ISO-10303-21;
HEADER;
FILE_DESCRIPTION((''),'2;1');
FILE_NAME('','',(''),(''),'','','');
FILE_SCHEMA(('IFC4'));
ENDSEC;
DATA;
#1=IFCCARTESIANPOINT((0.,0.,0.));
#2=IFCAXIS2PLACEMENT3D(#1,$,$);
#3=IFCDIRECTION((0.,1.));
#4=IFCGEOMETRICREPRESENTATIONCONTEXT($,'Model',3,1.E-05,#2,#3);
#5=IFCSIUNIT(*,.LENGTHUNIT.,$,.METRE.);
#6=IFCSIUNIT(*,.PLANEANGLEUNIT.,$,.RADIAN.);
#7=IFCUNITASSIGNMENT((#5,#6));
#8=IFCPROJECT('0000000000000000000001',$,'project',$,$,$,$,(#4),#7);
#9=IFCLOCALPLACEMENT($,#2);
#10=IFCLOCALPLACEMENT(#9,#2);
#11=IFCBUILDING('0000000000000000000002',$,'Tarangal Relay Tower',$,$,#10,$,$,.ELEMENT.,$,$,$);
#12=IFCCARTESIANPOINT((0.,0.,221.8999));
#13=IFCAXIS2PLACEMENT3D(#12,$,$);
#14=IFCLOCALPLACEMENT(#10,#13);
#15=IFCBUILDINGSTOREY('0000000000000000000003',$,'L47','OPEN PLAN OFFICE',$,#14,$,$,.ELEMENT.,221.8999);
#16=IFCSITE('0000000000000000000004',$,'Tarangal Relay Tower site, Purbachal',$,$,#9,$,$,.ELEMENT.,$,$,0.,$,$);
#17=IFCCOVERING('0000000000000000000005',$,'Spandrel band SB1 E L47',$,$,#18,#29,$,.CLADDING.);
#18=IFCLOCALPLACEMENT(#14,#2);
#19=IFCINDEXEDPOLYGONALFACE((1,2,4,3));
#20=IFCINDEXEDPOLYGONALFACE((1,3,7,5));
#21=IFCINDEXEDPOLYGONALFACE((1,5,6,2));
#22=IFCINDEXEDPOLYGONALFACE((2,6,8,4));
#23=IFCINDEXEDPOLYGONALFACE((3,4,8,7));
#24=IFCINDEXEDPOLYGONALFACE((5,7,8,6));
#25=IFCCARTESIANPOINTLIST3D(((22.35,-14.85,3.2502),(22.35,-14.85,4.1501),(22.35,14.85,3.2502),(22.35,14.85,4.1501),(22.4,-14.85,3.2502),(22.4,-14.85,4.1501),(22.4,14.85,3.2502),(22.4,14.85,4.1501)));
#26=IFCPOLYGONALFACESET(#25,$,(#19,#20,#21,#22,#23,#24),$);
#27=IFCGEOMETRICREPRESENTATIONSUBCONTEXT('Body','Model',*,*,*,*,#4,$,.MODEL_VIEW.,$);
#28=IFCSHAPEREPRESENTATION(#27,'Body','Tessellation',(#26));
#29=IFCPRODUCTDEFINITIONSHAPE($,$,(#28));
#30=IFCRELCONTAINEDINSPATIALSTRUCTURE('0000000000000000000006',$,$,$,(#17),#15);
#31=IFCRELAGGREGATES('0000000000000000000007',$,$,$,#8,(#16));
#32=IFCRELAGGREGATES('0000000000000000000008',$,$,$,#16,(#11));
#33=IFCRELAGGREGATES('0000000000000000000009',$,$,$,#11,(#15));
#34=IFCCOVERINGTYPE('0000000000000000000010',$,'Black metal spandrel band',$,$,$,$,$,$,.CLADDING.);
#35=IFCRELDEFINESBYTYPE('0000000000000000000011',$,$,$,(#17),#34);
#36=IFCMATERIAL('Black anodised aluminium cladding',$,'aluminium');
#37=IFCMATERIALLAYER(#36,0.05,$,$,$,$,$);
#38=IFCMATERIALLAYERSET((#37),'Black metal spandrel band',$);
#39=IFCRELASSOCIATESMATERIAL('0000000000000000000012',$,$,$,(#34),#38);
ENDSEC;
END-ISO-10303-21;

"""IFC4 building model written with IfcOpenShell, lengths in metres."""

from ifc_helpers import new_model, si_unit, direction, frame, origin, origin_2d, place, context, subcontext, project, spatial, rectangle, extrude, material, layer, layer_set, type_object, element, save


model = new_model("IFC4")

# Units and contexts
model_context = context("Model", 3, precision=1e-05, world=origin(), true_north=direction((0.0, 1.0)))
body_context = subcontext(model_context, "Body", "Model", "MODEL_VIEW")
ifc_project = project(units=[si_unit("LENGTHUNIT", "METRE"), si_unit("PLANEANGLEUNIT", "RADIAN")], contexts=[model_context])

# Site, building, storey
site_placement = place(None, origin())
site = spatial("IfcSite", under=ifc_project, at=site_placement, Name="Tarangal Relay Tower site, Purbachal", CompositionType="ELEMENT", RefElevation=0.0)
building_placement = place(site_placement, origin())
building = spatial("IfcBuilding", under=site, at=building_placement, Name="Tarangal Relay Tower", CompositionType="ELEMENT")
storey_placement = place(building_placement, frame((0.0, 0.0, 221.8999)))
storey = spatial("IfcBuildingStorey", under=building, at=storey_placement, Name="L47", Description="OPEN PLAN OFFICE", CompositionType="ELEMENT", Elevation=221.8999)

# Covering
ifc_material_1 = material(Name="Black anodised aluminium cladding", Category="aluminium")
ifc_layer_1 = layer(ifc_material_1, 0.05)
ifc_layer_set_1 = layer_set([ifc_layer_1], Name="Black metal spandrel band")
covering_type = type_object("IfcCoveringType", Name="Black metal spandrel band", PredefinedType="CLADDING", material=ifc_layer_set_1)
covering_placement = place(storey_placement, frame((22.375, 0.0, 3.2502), z_axis=(0.0, 0.0, 1.0), x_axis=(0.0, -1.0, 0.0)))
element("IfcCovering", 1, at=covering_placement, inside=storey, type_object=covering_type, Name="Spandrel band SB1 E L47", PredefinedType="CLADDING", context=body_context, shape_type="SweptSolid", body=[
    extrude(rectangle(XDim=29.7, YDim=0.05, at=origin_2d()), origin(), (0.0, 0.0, 1.0), 0.8999),
])

save(model, "model.ifc")
